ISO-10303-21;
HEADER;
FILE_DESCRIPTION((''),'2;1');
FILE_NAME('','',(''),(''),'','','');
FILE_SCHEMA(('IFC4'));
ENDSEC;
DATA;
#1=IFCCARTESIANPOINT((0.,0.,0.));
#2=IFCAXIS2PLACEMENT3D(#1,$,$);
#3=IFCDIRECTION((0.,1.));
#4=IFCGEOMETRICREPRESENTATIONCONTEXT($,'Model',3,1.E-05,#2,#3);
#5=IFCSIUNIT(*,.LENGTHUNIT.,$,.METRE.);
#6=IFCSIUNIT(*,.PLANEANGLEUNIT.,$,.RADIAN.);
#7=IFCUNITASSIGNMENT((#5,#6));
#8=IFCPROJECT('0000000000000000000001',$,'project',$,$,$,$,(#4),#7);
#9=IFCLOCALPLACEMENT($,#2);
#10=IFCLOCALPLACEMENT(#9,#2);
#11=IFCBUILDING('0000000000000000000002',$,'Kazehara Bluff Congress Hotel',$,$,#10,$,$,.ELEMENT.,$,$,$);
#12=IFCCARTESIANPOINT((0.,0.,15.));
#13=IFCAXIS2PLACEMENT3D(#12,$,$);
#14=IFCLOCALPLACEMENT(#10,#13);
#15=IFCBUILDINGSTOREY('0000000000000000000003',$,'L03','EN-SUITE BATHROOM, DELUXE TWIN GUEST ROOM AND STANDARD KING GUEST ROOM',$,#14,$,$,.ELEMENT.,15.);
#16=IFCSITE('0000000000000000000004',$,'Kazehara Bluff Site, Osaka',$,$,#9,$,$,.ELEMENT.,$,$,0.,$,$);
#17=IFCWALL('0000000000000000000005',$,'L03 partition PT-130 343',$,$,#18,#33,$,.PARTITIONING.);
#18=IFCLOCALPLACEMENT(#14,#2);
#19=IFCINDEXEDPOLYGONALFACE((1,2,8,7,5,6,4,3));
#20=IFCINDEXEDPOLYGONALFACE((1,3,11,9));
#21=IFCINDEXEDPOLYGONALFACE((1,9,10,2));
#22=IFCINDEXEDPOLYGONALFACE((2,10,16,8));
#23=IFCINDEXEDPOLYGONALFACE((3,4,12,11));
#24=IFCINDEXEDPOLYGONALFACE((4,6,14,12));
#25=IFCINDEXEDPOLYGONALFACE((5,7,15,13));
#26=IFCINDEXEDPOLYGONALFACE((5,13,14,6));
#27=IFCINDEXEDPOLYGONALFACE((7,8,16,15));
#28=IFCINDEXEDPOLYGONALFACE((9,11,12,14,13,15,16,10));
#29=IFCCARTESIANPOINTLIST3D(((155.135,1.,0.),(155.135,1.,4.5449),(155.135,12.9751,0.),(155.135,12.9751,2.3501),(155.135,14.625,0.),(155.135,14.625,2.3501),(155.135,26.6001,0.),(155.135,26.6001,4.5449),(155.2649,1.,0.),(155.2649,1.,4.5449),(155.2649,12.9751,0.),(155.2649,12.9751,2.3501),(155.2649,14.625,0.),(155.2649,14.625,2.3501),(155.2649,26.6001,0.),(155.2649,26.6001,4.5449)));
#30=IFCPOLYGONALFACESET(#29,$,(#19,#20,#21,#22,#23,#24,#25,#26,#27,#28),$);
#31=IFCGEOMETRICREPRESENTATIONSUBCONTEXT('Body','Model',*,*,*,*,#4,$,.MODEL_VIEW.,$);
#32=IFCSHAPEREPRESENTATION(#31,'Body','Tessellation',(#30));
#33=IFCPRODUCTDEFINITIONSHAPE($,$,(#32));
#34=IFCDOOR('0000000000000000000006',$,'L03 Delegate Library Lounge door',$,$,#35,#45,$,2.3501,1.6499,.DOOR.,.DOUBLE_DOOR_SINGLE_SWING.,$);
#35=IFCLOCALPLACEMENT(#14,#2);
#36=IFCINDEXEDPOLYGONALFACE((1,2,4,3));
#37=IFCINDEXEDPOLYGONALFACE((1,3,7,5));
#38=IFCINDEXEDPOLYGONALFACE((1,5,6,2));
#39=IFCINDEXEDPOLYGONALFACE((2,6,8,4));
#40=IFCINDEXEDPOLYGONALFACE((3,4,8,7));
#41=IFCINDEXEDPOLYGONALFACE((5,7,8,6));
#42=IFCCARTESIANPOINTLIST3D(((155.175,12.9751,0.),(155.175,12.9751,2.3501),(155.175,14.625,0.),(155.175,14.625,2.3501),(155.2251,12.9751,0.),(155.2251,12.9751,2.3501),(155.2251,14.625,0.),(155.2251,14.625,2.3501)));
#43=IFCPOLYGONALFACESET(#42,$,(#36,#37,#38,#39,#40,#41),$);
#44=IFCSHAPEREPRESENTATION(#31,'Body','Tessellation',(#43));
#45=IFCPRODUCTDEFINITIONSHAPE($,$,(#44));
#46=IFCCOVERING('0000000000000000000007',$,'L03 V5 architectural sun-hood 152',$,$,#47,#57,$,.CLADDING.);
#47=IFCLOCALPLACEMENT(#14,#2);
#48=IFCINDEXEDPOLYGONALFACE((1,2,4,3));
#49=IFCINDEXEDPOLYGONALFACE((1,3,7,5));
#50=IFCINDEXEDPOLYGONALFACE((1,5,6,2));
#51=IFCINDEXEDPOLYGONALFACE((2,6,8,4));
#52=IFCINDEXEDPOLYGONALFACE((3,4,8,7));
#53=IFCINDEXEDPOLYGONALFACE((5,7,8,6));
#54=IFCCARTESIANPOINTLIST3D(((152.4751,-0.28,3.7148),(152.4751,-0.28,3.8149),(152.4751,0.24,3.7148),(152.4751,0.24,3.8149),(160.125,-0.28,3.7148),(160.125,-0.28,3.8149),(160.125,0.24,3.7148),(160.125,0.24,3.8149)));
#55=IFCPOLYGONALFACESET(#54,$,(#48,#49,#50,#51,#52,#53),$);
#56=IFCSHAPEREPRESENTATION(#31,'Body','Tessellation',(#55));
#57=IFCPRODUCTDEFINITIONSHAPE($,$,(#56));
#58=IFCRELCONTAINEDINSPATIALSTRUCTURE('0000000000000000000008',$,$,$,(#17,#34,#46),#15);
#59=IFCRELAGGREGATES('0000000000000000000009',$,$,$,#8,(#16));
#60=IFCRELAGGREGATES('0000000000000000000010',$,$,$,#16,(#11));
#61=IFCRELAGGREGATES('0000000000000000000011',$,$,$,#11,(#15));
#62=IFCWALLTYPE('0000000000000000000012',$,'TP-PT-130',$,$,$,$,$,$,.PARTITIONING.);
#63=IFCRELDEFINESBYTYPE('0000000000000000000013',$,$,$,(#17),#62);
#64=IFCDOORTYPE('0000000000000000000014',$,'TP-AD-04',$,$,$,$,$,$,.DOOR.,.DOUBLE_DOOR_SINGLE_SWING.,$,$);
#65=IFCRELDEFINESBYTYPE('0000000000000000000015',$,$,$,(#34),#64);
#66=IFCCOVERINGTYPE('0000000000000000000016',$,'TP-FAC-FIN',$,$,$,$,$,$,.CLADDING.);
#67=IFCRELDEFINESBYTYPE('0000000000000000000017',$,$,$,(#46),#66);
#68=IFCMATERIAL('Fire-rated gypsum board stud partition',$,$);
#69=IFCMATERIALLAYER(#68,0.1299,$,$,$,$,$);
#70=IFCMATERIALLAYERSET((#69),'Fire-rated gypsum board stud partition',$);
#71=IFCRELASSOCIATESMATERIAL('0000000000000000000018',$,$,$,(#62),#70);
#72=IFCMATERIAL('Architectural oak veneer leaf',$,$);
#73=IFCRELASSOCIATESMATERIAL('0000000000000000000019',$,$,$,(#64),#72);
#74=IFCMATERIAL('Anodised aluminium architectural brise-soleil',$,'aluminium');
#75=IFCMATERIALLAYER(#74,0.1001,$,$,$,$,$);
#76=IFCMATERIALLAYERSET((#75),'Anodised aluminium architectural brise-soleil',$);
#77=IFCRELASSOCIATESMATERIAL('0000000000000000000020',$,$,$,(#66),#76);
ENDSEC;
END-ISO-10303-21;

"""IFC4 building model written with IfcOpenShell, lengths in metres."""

from ifc_helpers import new_model, si_unit, direction, frame, frame_2d, origin, origin_2d, place, context, subcontext, project, spatial, rectangle, extrude, material, layer, layer_set, type_object, element, fill, save


model = new_model("IFC4")

# Units and contexts
model_context = context("Model", 3, precision=1e-05, world=origin(), true_north=direction((0.0, 1.0)))
body_context = subcontext(model_context, "Body", "Model", "MODEL_VIEW")
ifc_project = project(units=[si_unit("LENGTHUNIT", "METRE"), si_unit("PLANEANGLEUNIT", "RADIAN")], contexts=[model_context])

# Site, building, storey
site_placement = place(None, origin())
site = spatial("IfcSite", under=ifc_project, at=site_placement, Name="Kazehara Bluff Site, Osaka", CompositionType="ELEMENT", RefElevation=0.0)
building_placement = place(site_placement, origin())
building = spatial("IfcBuilding", under=site, at=building_placement, Name="Kazehara Bluff Congress Hotel", CompositionType="ELEMENT")
storey_placement = place(building_placement, frame((0.0, 0.0, 15.0)))
storey = spatial("IfcBuildingStorey", under=building, at=storey_placement, Name="L03", Description="EN-SUITE BATHROOM, DELUXE TWIN GUEST ROOM AND STANDARD KING GUEST ROOM", CompositionType="ELEMENT", Elevation=15.0)

# Wall, opening, door
ifc_material_1 = material(Name="Fire-rated gypsum board stud partition")
ifc_layer_1 = layer(ifc_material_1, 0.1299)
ifc_layer_set_1 = layer_set([ifc_layer_1], Name="Fire-rated gypsum board stud partition")
wall_type = type_object("IfcWallType", Name="TP-PT-130", PredefinedType="PARTITIONING", material=ifc_layer_set_1)
wall_placement = place(storey_placement, frame((155.2, 1.0, 0.0), z_axis=(0.0, 0.0, 1.0), x_axis=(0.0, 1.0, 0.0)))
wall = element("IfcWall", 1, at=wall_placement, inside=storey, type_object=wall_type, Name="L03 partition PT-130 343", PredefinedType="PARTITIONING", context=body_context, shape_type="SweptSolid", body=[
    extrude(rectangle(XDim=25.6001, YDim=0.1299, at=frame_2d((12.8, 0.0))), origin(), (0.0, 0.0, 1.0), 4.5449),
])
opening_placement = place(wall_placement, frame((11.9751, 0.0, 0.0)))
opening = element("IfcOpeningElement", 2, at=opening_placement, cuts=wall, PredefinedType="OPENING", context=body_context, shape_type="SweptSolid", body=[
    extrude(rectangle(XDim=1.6499, YDim=2.3501, at=frame_2d((0.825, 1.175))), frame((0.0, 0.075, 0.0), z_axis=(0.0, -1.0, 0.0), x_axis=(1.0, 0.0, 0.0)), (0.0, 0.0, 1.0), 0.1499),
])
ifc_material_2 = material(Name="Architectural oak veneer leaf")
door_type = type_object("IfcDoorType", Name="TP-AD-04", OperationType="DOUBLE_DOOR_SINGLE_SWING", PredefinedType="DOOR", material=ifc_material_2)
door_placement = place(opening_placement, origin())
door = element("IfcDoor", 3, at=door_placement, inside=storey, type_object=door_type, Name="L03 Delegate Library Lounge door", OperationType="DOUBLE_DOOR_SINGLE_SWING", OverallHeight=2.3501, OverallWidth=1.6499, PredefinedType="DOOR", context=body_context, shape_type="SweptSolid", body=[
    extrude(rectangle(XDim=1.6499, YDim=2.3501, at=frame_2d((0.825, 1.175))), frame((0.0, 0.0249, 0.0), z_axis=(0.0, -1.0, 0.0), x_axis=(1.0, 0.0, 0.0)), (0.0, 0.0, 1.0), 0.05),
])
fill(opening, door)

# Covering
ifc_material_3 = material(Name="Anodised aluminium architectural brise-soleil", Category="aluminium")
ifc_layer_2 = layer(ifc_material_3, 0.1001)
ifc_layer_set_2 = layer_set([ifc_layer_2], Name="Anodised aluminium architectural brise-soleil")
covering_type = type_object("IfcCoveringType", Name="TP-FAC-FIN", PredefinedType="CLADDING", material=ifc_layer_set_2)
covering_placement = place(storey_placement, frame((156.3, -0.02, 3.7148), z_axis=(0.0, 0.0, 1.0), x_axis=(1.0, 0.0, 0.0)))
element("IfcCovering", 4, at=covering_placement, inside=storey, type_object=covering_type, Name="L03 V5 architectural sun-hood 152", PredefinedType="CLADDING", context=body_context, shape_type="SweptSolid", body=[
    extrude(rectangle(XDim=7.6499, YDim=0.52, at=origin_2d()), origin(), (0.0, 0.0, 1.0), 0.1001),
])

save(model, "model.ifc")
